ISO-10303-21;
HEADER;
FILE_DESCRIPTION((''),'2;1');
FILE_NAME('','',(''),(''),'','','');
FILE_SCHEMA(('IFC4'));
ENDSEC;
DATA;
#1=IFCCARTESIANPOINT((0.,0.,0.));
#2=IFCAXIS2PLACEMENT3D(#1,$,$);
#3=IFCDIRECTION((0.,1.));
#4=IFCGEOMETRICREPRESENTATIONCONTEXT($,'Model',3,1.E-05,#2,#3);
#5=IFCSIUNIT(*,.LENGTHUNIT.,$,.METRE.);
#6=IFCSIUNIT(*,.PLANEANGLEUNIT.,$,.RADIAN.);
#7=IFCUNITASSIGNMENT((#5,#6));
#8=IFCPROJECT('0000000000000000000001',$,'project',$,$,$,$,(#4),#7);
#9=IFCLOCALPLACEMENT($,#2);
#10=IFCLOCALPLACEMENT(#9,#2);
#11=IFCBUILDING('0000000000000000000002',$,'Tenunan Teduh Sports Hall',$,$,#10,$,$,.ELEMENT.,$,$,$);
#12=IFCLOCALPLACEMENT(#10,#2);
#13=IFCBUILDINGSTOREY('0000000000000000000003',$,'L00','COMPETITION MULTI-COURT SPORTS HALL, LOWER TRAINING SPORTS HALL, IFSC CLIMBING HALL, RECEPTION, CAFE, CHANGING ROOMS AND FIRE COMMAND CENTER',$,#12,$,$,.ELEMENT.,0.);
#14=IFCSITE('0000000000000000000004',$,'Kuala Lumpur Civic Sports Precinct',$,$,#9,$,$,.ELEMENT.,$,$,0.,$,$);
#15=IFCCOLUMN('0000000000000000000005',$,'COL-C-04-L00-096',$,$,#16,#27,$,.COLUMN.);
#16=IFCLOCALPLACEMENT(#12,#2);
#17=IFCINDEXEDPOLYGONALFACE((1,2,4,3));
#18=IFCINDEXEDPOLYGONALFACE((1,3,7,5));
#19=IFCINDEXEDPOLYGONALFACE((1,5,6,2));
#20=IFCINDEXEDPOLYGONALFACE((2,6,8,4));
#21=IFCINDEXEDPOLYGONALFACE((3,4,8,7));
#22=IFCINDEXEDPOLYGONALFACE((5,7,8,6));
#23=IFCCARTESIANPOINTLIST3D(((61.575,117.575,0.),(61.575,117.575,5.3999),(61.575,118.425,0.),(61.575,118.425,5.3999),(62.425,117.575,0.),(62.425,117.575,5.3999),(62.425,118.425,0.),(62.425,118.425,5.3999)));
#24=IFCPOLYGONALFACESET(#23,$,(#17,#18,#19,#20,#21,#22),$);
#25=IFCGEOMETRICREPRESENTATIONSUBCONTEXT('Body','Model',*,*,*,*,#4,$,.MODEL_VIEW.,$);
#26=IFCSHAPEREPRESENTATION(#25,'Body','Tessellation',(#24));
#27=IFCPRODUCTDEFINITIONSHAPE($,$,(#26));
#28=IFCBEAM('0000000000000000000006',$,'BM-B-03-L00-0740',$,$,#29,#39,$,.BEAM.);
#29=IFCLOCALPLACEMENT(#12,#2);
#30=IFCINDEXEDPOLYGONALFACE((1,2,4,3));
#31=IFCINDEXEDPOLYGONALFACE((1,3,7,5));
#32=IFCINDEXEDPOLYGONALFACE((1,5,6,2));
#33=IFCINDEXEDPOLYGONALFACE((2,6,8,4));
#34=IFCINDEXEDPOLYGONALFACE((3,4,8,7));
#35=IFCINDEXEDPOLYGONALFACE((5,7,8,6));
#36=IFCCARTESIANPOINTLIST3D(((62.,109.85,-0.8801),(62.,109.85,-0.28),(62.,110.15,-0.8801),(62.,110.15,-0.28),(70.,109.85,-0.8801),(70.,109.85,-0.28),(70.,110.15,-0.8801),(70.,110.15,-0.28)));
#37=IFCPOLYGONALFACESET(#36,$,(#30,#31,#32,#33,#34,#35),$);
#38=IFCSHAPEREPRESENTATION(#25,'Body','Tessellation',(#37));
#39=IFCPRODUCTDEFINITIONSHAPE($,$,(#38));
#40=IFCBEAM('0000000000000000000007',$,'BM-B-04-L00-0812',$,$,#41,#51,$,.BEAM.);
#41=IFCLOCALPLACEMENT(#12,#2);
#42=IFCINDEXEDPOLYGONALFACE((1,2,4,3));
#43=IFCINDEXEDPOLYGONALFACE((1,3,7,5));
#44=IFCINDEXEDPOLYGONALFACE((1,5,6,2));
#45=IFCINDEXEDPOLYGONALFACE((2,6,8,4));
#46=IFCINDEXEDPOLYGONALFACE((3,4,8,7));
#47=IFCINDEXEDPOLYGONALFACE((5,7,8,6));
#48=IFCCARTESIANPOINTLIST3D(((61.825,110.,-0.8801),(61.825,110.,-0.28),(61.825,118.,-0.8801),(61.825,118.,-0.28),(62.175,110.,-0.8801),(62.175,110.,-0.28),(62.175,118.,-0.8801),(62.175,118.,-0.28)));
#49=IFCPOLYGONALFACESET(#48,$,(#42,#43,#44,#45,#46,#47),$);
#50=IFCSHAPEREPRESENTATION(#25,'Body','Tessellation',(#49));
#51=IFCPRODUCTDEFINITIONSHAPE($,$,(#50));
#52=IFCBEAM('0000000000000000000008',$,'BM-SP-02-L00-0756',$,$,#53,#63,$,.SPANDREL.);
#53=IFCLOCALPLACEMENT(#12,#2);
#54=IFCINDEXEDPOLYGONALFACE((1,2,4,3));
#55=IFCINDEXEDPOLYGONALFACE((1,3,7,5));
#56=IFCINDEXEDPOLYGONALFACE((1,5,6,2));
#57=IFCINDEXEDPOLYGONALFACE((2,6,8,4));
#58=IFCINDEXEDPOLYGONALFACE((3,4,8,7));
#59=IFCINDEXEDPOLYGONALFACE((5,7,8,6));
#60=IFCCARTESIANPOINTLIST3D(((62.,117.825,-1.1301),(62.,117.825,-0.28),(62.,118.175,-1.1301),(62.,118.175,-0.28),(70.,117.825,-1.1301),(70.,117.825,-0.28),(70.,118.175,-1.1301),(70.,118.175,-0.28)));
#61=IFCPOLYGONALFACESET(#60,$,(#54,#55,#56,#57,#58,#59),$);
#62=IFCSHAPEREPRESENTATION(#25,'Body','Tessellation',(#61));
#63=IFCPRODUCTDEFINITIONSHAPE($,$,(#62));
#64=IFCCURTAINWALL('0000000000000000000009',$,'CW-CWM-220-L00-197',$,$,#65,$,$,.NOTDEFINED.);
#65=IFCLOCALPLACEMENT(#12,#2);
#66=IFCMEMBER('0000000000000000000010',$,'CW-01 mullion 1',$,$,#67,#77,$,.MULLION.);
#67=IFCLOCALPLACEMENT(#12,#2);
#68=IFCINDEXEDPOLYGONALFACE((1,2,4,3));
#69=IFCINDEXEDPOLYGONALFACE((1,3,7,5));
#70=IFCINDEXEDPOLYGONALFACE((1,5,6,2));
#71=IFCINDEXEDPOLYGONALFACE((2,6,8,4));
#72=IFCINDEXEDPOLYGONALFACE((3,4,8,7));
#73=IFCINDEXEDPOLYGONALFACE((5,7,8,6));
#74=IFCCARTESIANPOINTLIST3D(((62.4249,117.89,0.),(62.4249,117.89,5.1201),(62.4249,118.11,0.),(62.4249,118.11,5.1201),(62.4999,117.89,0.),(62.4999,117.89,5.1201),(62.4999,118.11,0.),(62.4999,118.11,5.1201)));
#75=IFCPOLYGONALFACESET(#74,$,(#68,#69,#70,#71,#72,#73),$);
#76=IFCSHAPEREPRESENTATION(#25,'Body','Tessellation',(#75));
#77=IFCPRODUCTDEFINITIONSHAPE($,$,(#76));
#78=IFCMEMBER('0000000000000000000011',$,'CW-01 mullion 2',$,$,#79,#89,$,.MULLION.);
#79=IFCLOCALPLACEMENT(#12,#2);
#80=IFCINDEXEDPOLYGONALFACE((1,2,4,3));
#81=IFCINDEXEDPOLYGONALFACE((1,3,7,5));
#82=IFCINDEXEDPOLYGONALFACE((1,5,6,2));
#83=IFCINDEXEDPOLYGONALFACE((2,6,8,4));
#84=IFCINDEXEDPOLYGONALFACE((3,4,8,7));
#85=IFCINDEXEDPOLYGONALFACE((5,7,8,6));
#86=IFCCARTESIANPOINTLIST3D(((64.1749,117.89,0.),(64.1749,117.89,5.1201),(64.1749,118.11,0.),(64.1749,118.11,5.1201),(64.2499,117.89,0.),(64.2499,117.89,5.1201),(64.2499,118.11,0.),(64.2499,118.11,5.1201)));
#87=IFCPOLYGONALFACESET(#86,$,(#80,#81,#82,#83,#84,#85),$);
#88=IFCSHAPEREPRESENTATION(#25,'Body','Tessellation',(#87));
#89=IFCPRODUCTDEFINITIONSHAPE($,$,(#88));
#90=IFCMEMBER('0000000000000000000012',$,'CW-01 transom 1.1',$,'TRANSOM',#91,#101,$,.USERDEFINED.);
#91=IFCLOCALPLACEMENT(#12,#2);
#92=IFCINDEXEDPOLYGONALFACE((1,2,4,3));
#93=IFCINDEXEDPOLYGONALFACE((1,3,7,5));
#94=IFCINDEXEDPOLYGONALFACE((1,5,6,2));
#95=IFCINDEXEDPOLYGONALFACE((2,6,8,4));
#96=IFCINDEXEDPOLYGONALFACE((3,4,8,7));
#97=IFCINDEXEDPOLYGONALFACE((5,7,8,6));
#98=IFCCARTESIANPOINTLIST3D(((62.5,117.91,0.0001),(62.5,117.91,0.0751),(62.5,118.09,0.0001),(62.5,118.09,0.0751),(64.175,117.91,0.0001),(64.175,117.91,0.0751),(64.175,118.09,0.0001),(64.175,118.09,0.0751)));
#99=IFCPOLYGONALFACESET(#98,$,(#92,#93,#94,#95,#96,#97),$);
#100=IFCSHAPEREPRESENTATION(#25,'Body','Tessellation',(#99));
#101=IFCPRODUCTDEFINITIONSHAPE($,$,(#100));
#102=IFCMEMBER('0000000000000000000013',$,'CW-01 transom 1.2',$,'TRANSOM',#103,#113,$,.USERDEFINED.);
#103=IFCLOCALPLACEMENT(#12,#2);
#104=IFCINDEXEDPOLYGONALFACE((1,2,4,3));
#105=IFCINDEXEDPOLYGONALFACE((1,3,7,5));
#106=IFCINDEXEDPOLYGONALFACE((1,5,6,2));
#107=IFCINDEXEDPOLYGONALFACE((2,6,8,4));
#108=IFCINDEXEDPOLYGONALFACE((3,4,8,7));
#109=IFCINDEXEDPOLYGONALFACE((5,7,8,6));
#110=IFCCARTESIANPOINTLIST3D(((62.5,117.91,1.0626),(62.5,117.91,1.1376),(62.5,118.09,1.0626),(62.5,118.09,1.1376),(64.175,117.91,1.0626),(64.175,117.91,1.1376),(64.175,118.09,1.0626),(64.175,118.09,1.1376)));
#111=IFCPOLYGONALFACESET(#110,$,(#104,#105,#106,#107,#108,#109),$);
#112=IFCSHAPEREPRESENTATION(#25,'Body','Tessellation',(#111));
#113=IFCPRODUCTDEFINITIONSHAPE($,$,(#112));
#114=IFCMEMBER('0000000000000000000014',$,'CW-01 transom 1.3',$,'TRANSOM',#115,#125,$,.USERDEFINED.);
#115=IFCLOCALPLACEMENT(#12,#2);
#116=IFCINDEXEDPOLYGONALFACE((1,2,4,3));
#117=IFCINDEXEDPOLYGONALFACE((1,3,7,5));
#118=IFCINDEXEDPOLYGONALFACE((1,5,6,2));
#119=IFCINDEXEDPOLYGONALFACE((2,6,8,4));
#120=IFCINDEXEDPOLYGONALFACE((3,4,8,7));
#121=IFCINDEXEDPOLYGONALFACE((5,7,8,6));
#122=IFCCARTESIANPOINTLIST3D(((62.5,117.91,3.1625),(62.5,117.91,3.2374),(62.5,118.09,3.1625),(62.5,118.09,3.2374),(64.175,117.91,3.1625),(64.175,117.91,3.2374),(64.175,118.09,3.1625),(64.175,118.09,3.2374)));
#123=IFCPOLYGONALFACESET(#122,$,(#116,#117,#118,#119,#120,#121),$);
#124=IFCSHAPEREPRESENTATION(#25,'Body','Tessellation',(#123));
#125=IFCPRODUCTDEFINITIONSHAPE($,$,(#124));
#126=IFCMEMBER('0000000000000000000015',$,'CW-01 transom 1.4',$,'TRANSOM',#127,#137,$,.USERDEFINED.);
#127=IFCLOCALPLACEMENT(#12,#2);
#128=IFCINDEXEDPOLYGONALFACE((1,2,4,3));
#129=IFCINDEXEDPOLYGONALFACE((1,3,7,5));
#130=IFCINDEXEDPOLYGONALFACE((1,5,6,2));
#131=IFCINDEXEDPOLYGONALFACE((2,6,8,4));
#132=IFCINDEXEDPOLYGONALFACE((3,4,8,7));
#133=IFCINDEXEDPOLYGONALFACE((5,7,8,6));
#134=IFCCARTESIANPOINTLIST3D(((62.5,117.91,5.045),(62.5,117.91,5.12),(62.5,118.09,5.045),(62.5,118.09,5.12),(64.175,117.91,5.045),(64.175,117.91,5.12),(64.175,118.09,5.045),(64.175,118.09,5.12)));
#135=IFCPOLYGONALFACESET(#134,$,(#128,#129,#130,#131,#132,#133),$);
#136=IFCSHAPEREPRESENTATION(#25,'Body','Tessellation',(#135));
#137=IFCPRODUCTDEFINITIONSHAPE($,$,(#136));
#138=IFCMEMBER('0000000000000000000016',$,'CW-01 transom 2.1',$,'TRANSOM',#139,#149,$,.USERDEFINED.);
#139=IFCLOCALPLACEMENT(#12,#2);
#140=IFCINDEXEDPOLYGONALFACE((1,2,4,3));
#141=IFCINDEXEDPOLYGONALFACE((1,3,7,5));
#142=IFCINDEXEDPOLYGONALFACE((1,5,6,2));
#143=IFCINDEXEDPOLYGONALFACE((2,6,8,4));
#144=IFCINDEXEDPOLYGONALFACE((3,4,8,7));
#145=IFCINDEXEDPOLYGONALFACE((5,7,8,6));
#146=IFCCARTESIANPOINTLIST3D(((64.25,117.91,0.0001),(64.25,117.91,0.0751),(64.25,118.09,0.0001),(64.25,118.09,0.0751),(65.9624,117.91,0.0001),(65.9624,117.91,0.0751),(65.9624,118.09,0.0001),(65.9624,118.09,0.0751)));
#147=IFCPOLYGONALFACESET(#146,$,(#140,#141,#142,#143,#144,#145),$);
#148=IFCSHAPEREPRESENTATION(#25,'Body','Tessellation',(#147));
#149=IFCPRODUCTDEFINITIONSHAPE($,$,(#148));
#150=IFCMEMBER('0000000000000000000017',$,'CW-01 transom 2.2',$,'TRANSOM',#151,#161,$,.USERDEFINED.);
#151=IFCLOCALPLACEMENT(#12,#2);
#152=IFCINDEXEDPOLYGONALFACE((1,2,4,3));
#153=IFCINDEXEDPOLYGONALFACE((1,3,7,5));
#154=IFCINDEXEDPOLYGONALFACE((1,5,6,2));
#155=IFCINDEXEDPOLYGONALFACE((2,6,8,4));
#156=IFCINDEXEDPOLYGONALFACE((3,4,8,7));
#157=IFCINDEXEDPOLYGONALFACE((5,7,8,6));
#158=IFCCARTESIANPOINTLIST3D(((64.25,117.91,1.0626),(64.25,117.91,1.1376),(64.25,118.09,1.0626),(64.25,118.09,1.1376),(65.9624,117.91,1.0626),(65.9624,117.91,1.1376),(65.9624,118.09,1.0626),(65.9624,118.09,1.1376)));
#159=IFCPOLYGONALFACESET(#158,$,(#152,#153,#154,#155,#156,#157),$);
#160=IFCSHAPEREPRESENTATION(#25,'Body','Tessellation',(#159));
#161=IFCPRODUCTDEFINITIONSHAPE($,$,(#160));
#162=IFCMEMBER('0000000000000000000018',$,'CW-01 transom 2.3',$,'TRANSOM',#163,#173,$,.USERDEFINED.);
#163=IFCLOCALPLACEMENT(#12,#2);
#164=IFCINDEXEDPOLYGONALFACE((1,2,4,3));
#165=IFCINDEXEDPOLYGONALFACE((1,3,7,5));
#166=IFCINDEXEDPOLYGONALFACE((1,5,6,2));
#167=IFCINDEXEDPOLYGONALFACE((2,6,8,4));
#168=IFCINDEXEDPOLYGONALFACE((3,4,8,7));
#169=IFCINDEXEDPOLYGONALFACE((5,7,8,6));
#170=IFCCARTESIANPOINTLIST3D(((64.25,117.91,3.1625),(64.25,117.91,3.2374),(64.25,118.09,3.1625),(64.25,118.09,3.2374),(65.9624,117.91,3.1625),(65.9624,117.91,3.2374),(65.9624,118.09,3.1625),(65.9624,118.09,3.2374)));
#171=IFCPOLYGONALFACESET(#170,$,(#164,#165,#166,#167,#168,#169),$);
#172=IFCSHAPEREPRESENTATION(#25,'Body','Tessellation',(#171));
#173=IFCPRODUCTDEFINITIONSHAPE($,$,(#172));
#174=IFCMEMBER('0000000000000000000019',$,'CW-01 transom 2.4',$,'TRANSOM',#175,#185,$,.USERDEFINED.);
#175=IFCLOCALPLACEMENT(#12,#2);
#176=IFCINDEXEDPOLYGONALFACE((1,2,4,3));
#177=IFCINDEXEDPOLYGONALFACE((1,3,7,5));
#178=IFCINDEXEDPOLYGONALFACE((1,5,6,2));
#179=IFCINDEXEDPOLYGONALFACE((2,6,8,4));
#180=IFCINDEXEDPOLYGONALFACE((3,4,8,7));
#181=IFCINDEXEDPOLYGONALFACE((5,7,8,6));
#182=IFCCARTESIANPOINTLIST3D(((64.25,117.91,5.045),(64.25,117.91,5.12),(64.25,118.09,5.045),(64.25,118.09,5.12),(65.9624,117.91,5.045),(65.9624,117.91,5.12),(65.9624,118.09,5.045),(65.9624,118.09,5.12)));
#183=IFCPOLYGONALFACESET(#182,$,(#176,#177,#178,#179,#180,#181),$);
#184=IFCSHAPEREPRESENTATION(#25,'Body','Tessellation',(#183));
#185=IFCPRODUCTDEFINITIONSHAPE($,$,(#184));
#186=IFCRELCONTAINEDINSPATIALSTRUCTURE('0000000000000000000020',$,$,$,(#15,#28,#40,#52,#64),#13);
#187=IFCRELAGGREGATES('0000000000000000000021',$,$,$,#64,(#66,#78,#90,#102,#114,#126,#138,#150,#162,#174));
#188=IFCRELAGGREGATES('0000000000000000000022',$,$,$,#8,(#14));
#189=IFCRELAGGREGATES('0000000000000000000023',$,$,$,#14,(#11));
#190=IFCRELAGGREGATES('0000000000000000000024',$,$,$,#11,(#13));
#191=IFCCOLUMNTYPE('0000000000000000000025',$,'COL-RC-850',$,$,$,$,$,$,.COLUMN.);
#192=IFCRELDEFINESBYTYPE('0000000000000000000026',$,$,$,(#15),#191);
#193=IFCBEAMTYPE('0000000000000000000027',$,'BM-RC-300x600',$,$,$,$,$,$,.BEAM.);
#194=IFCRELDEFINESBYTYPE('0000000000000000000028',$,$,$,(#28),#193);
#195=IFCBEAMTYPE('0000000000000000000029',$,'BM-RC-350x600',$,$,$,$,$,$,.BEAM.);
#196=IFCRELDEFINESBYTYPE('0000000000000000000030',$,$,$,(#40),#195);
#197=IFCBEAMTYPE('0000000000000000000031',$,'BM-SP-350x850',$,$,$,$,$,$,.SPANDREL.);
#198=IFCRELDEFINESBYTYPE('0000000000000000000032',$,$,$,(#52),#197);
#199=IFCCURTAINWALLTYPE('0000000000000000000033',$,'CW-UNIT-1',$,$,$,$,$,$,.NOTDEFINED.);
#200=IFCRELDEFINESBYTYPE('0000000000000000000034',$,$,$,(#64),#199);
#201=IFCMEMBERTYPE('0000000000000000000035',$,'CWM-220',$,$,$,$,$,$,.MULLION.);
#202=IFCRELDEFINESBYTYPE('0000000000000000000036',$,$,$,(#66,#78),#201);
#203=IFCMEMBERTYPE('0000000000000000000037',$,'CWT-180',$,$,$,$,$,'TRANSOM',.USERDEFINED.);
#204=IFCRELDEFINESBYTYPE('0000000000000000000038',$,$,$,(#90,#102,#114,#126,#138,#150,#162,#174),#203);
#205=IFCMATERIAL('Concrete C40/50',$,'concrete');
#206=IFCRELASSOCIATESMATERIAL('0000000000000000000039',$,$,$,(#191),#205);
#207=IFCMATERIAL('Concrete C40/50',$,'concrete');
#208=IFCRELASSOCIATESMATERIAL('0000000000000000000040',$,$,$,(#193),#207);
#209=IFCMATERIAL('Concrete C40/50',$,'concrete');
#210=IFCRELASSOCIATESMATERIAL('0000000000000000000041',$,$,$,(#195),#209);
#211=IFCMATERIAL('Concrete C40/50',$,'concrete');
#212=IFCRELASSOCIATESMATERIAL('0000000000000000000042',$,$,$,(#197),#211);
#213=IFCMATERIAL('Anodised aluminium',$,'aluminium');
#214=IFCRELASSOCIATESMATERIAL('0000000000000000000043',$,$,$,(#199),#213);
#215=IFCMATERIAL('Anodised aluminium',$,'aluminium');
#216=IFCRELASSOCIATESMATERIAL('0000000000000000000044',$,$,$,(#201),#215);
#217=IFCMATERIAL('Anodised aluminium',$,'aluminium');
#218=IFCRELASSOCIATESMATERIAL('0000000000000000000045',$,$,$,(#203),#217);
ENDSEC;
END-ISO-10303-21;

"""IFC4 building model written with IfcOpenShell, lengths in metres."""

from ifc_helpers import new_model, si_unit, direction, frame, origin, origin_2d, place, context, subcontext, project, spatial, rectangle, extrude, material, material_profile, profile_set, type_object, element, aggregate, save


model = new_model("IFC4")

# Units and contexts
model_context = context("Model", 3, precision=1e-05, world=origin(), true_north=direction((0.0, 1.0)))
body_context = subcontext(model_context, "Body", "Model", "MODEL_VIEW")
ifc_project = project(units=[si_unit("LENGTHUNIT", "METRE"), si_unit("PLANEANGLEUNIT", "RADIAN")], contexts=[model_context])

# Site, building, storey
site_placement = place(None, origin())
site = spatial("IfcSite", under=ifc_project, at=site_placement, Name="Kuala Lumpur Civic Sports Precinct", CompositionType="ELEMENT", RefElevation=0.0)
building_placement = place(site_placement, origin())
building = spatial("IfcBuilding", under=site, at=building_placement, Name="Tenunan Teduh Sports Hall", CompositionType="ELEMENT")
storey_placement = place(building_placement, origin())
storey = spatial("IfcBuildingStorey", under=building, at=storey_placement, Name="L00", Description="COMPETITION MULTI-COURT SPORTS HALL, LOWER TRAINING SPORTS HALL, IFSC CLIMBING HALL, RECEPTION, CAFE, CHANGING ROOMS AND FIRE COMMAND CENTER", CompositionType="ELEMENT", Elevation=0.0)

# Column
ifc_material_1 = material(Name="Concrete C40/50", Category="concrete")
ifc_material_profile_1 = material_profile(ifc_material_1, rectangle(XDim=0.8501, YDim=0.8501, at=origin_2d()), Name="RC 850x850")
ifc_profile_set_1 = profile_set([ifc_material_profile_1], Name="Concrete C40/50")
column_type = type_object("IfcColumnType", Name="COL-RC-850", PredefinedType="COLUMN", material=ifc_profile_set_1)
column_placement = place(storey_placement, frame((62.0, 118.0, 0.0), z_axis=(0.0, 0.0, 1.0), x_axis=(1.0, 0.0, 0.0)))
element("IfcColumn", 1, at=column_placement, inside=storey, type_object=column_type, Name="COL-C-04-L00-096", PredefinedType="COLUMN", context=body_context, shape_type="SweptSolid", body=[
    extrude(rectangle(XDim=0.8501, YDim=0.8501, at=origin_2d()), origin(), (0.0, 0.0, 1.0), 5.3999),
])

# Beams
ifc_material_2 = material(Name="Concrete C40/50", Category="concrete")
ifc_material_profile_2 = material_profile(ifc_material_2, rectangle(XDim=0.3, YDim=0.6001, at=origin_2d()), Name="RCB 300x600")
ifc_profile_set_2 = profile_set([ifc_material_profile_2], Name="Concrete C40/50")
beam_type_1 = type_object("IfcBeamType", Name="BM-RC-300x600", PredefinedType="BEAM", material=ifc_profile_set_2)
beam_1_placement = place(storey_placement, frame((62.0, 110.0, -0.5801), z_axis=(1.0, 0.0, 0.0), x_axis=(0.0, 1.0, 0.0)))
element("IfcBeam", 2, at=beam_1_placement, inside=storey, type_object=beam_type_1, Name="BM-B-03-L00-0740", PredefinedType="BEAM", context=body_context, shape_type="SweptSolid", body=[
    extrude(rectangle(XDim=0.3, YDim=0.6001, at=origin_2d()), origin(), (0.0, 0.0, 1.0), 8.0),
])
ifc_material_3 = material(Name="Concrete C40/50", Category="concrete")
ifc_material_profile_3 = material_profile(ifc_material_3, rectangle(XDim=0.3501, YDim=0.6001, at=origin_2d()), Name="RCB 350x600")
ifc_profile_set_3 = profile_set([ifc_material_profile_3], Name="Concrete C40/50")
beam_type_2 = type_object("IfcBeamType", Name="BM-RC-350x600", PredefinedType="BEAM", material=ifc_profile_set_3)
beam_2_placement = place(storey_placement, frame((62.0, 110.0, -0.5801), z_axis=(0.0, 1.0, 0.0), x_axis=(-1.0, 0.0, 0.0)))
element("IfcBeam", 3, at=beam_2_placement, inside=storey, type_object=beam_type_2, Name="BM-B-04-L00-0812", PredefinedType="BEAM", context=body_context, shape_type="SweptSolid", body=[
    extrude(rectangle(XDim=0.3501, YDim=0.6001, at=origin_2d()), origin(), (0.0, 0.0, 1.0), 8.0),
])
ifc_material_4 = material(Name="Concrete C40/50", Category="concrete")
ifc_material_profile_4 = material_profile(ifc_material_4, rectangle(XDim=0.3501, YDim=0.8501, at=origin_2d()), Name="SPB 350x850")
ifc_profile_set_4 = profile_set([ifc_material_profile_4], Name="Concrete C40/50")
beam_type_3 = type_object("IfcBeamType", Name="BM-SP-350x850", PredefinedType="SPANDREL", material=ifc_profile_set_4)
beam_3_placement = place(storey_placement, frame((62.0, 118.0, -0.7051), z_axis=(1.0, 0.0, 0.0), x_axis=(0.0, 1.0, 0.0)))
element("IfcBeam", 4, at=beam_3_placement, inside=storey, type_object=beam_type_3, Name="BM-SP-02-L00-0756", PredefinedType="SPANDREL", context=body_context, shape_type="SweptSolid", body=[
    extrude(rectangle(XDim=0.3501, YDim=0.8501, at=origin_2d()), origin(), (0.0, 0.0, 1.0), 8.0),
])

# Curtain wall, members
ifc_material_5 = material(Name="Anodised aluminium", Category="aluminium")
curtain_wall_type = type_object("IfcCurtainWallType", Name="CW-UNIT-1", PredefinedType="NOTDEFINED", material=ifc_material_5)
curtain_wall_placement = place(storey_placement, origin())
curtain_wall = element("IfcCurtainWall", 5, at=curtain_wall_placement, inside=storey, type_object=curtain_wall_type, Name="CW-CWM-220-L00-197", PredefinedType="NOTDEFINED")
ifc_material_6 = material(Name="Anodised aluminium", Category="aluminium")
ifc_material_profile_5 = material_profile(ifc_material_6, rectangle(XDim=0.075, YDim=0.22, at=origin_2d()), Name="CWM 75x220")
ifc_profile_set_5 = profile_set([ifc_material_profile_5], Name="Anodised aluminium")
member_type_1 = type_object("IfcMemberType", Name="CWM-220", PredefinedType="MULLION", material=ifc_profile_set_5)
member_1_placement = place(storey_placement, frame((62.4624, 118.0, 0.0), z_axis=(0.0, 0.0, 1.0), x_axis=(1.0, 0.0, 0.0)))
member_1 = element("IfcMember", 6, at=member_1_placement, type_object=member_type_1, Name="CW-01 mullion 1", PredefinedType="MULLION", context=body_context, shape_type="SweptSolid", body=[
    extrude(rectangle(XDim=0.075, YDim=0.22, at=origin_2d()), origin(), (0.0, 0.0, 1.0), 5.1201),
])
member_2_placement = place(storey_placement, frame((64.2124, 118.0, 0.0), z_axis=(0.0, 0.0, 1.0), x_axis=(1.0, 0.0, 0.0)))
member_2 = element("IfcMember", 7, at=member_2_placement, type_object=member_type_1, Name="CW-01 mullion 2", PredefinedType="MULLION", context=body_context, shape_type="SweptSolid", body=[
    extrude(rectangle(XDim=0.075, YDim=0.22, at=origin_2d()), origin(), (0.0, 0.0, 1.0), 5.1201),
])
ifc_material_7 = material(Name="Anodised aluminium", Category="aluminium")
ifc_material_profile_6 = material_profile(ifc_material_7, rectangle(XDim=0.075, YDim=0.1799, at=origin_2d()), Name="CWT 75x180")
ifc_profile_set_6 = profile_set([ifc_material_profile_6], Name="Anodised aluminium")
member_type_2 = type_object("IfcMemberType", Name="CWT-180", ElementType="TRANSOM", PredefinedType="USERDEFINED", material=ifc_profile_set_6)
member_3_placement = place(storey_placement, frame((62.5, 118.0, 0.0376), z_axis=(1.0, 0.0, 0.0), x_axis=(0.0, 0.0, 1.0)))
member_3 = element("IfcMember", 8, at=member_3_placement, type_object=member_type_2, Name="CW-01 transom 1.1", ObjectType="TRANSOM", PredefinedType="USERDEFINED", context=body_context, shape_type="SweptSolid", body=[
    extrude(rectangle(XDim=0.075, YDim=0.1799, at=origin_2d()), origin(), (0.0, 0.0, 1.0), 1.675),
])
member_4_placement = place(storey_placement, frame((62.5, 118.0, 1.1001), z_axis=(1.0, 0.0, 0.0), x_axis=(0.0, 0.0, 1.0)))
member_4 = element("IfcMember", 9, at=member_4_placement, type_object=member_type_2, Name="CW-01 transom 1.2", ObjectType="TRANSOM", PredefinedType="USERDEFINED", context=body_context, shape_type="SweptSolid", body=[
    extrude(rectangle(XDim=0.075, YDim=0.1799, at=origin_2d()), origin(), (0.0, 0.0, 1.0), 1.675),
])
member_5_placement = place(storey_placement, frame((62.5, 118.0, 3.2), z_axis=(1.0, 0.0, 0.0), x_axis=(0.0, 0.0, 1.0)))
member_5 = element("IfcMember", 10, at=member_5_placement, type_object=member_type_2, Name="CW-01 transom 1.3", ObjectType="TRANSOM", PredefinedType="USERDEFINED", context=body_context, shape_type="SweptSolid", body=[
    extrude(rectangle(XDim=0.075, YDim=0.1799, at=origin_2d()), origin(), (0.0, 0.0, 1.0), 1.675),
])
member_6_placement = place(storey_placement, frame((62.5, 118.0, 5.0825), z_axis=(1.0, 0.0, 0.0), x_axis=(0.0, 0.0, 1.0)))
member_6 = element("IfcMember", 11, at=member_6_placement, type_object=member_type_2, Name="CW-01 transom 1.4", ObjectType="TRANSOM", PredefinedType="USERDEFINED", context=body_context, shape_type="SweptSolid", body=[
    extrude(rectangle(XDim=0.075, YDim=0.1799, at=origin_2d()), origin(), (0.0, 0.0, 1.0), 1.675),
])
member_7_placement = place(storey_placement, frame((64.25, 118.0, 0.0376), z_axis=(1.0, 0.0, 0.0), x_axis=(0.0, 0.0, 1.0)))
member_7 = element("IfcMember", 12, at=member_7_placement, type_object=member_type_2, Name="CW-01 transom 2.1", ObjectType="TRANSOM", PredefinedType="USERDEFINED", context=body_context, shape_type="SweptSolid", body=[
    extrude(rectangle(XDim=0.075, YDim=0.1799, at=origin_2d()), origin(), (0.0, 0.0, 1.0), 1.7124),
])
member_8_placement = place(storey_placement, frame((64.25, 118.0, 1.1001), z_axis=(1.0, 0.0, 0.0), x_axis=(0.0, 0.0, 1.0)))
member_8 = element("IfcMember", 13, at=member_8_placement, type_object=member_type_2, Name="CW-01 transom 2.2", ObjectType="TRANSOM", PredefinedType="USERDEFINED", context=body_context, shape_type="SweptSolid", body=[
    extrude(rectangle(XDim=0.075, YDim=0.1799, at=origin_2d()), origin(), (0.0, 0.0, 1.0), 1.7124),
])
member_9_placement = place(storey_placement, frame((64.25, 118.0, 3.2), z_axis=(1.0, 0.0, 0.0), x_axis=(0.0, 0.0, 1.0)))
member_9 = element("IfcMember", 14, at=member_9_placement, type_object=member_type_2, Name="CW-01 transom 2.3", ObjectType="TRANSOM", PredefinedType="USERDEFINED", context=body_context, shape_type="SweptSolid", body=[
    extrude(rectangle(XDim=0.075, YDim=0.1799, at=origin_2d()), origin(), (0.0, 0.0, 1.0), 1.7124),
])
member_10_placement = place(storey_placement, frame((64.25, 118.0, 5.0825), z_axis=(1.0, 0.0, 0.0), x_axis=(0.0, 0.0, 1.0)))
member_10 = element("IfcMember", 15, at=member_10_placement, type_object=member_type_2, Name="CW-01 transom 2.4", ObjectType="TRANSOM", PredefinedType="USERDEFINED", context=body_context, shape_type="SweptSolid", body=[
    extrude(rectangle(XDim=0.075, YDim=0.1799, at=origin_2d()), origin(), (0.0, 0.0, 1.0), 1.7124),
])

aggregate(curtain_wall, [member_1, member_2, member_3, member_4, member_5, member_6, member_7, member_8, member_9, member_10])

save(model, "model.ifc")
